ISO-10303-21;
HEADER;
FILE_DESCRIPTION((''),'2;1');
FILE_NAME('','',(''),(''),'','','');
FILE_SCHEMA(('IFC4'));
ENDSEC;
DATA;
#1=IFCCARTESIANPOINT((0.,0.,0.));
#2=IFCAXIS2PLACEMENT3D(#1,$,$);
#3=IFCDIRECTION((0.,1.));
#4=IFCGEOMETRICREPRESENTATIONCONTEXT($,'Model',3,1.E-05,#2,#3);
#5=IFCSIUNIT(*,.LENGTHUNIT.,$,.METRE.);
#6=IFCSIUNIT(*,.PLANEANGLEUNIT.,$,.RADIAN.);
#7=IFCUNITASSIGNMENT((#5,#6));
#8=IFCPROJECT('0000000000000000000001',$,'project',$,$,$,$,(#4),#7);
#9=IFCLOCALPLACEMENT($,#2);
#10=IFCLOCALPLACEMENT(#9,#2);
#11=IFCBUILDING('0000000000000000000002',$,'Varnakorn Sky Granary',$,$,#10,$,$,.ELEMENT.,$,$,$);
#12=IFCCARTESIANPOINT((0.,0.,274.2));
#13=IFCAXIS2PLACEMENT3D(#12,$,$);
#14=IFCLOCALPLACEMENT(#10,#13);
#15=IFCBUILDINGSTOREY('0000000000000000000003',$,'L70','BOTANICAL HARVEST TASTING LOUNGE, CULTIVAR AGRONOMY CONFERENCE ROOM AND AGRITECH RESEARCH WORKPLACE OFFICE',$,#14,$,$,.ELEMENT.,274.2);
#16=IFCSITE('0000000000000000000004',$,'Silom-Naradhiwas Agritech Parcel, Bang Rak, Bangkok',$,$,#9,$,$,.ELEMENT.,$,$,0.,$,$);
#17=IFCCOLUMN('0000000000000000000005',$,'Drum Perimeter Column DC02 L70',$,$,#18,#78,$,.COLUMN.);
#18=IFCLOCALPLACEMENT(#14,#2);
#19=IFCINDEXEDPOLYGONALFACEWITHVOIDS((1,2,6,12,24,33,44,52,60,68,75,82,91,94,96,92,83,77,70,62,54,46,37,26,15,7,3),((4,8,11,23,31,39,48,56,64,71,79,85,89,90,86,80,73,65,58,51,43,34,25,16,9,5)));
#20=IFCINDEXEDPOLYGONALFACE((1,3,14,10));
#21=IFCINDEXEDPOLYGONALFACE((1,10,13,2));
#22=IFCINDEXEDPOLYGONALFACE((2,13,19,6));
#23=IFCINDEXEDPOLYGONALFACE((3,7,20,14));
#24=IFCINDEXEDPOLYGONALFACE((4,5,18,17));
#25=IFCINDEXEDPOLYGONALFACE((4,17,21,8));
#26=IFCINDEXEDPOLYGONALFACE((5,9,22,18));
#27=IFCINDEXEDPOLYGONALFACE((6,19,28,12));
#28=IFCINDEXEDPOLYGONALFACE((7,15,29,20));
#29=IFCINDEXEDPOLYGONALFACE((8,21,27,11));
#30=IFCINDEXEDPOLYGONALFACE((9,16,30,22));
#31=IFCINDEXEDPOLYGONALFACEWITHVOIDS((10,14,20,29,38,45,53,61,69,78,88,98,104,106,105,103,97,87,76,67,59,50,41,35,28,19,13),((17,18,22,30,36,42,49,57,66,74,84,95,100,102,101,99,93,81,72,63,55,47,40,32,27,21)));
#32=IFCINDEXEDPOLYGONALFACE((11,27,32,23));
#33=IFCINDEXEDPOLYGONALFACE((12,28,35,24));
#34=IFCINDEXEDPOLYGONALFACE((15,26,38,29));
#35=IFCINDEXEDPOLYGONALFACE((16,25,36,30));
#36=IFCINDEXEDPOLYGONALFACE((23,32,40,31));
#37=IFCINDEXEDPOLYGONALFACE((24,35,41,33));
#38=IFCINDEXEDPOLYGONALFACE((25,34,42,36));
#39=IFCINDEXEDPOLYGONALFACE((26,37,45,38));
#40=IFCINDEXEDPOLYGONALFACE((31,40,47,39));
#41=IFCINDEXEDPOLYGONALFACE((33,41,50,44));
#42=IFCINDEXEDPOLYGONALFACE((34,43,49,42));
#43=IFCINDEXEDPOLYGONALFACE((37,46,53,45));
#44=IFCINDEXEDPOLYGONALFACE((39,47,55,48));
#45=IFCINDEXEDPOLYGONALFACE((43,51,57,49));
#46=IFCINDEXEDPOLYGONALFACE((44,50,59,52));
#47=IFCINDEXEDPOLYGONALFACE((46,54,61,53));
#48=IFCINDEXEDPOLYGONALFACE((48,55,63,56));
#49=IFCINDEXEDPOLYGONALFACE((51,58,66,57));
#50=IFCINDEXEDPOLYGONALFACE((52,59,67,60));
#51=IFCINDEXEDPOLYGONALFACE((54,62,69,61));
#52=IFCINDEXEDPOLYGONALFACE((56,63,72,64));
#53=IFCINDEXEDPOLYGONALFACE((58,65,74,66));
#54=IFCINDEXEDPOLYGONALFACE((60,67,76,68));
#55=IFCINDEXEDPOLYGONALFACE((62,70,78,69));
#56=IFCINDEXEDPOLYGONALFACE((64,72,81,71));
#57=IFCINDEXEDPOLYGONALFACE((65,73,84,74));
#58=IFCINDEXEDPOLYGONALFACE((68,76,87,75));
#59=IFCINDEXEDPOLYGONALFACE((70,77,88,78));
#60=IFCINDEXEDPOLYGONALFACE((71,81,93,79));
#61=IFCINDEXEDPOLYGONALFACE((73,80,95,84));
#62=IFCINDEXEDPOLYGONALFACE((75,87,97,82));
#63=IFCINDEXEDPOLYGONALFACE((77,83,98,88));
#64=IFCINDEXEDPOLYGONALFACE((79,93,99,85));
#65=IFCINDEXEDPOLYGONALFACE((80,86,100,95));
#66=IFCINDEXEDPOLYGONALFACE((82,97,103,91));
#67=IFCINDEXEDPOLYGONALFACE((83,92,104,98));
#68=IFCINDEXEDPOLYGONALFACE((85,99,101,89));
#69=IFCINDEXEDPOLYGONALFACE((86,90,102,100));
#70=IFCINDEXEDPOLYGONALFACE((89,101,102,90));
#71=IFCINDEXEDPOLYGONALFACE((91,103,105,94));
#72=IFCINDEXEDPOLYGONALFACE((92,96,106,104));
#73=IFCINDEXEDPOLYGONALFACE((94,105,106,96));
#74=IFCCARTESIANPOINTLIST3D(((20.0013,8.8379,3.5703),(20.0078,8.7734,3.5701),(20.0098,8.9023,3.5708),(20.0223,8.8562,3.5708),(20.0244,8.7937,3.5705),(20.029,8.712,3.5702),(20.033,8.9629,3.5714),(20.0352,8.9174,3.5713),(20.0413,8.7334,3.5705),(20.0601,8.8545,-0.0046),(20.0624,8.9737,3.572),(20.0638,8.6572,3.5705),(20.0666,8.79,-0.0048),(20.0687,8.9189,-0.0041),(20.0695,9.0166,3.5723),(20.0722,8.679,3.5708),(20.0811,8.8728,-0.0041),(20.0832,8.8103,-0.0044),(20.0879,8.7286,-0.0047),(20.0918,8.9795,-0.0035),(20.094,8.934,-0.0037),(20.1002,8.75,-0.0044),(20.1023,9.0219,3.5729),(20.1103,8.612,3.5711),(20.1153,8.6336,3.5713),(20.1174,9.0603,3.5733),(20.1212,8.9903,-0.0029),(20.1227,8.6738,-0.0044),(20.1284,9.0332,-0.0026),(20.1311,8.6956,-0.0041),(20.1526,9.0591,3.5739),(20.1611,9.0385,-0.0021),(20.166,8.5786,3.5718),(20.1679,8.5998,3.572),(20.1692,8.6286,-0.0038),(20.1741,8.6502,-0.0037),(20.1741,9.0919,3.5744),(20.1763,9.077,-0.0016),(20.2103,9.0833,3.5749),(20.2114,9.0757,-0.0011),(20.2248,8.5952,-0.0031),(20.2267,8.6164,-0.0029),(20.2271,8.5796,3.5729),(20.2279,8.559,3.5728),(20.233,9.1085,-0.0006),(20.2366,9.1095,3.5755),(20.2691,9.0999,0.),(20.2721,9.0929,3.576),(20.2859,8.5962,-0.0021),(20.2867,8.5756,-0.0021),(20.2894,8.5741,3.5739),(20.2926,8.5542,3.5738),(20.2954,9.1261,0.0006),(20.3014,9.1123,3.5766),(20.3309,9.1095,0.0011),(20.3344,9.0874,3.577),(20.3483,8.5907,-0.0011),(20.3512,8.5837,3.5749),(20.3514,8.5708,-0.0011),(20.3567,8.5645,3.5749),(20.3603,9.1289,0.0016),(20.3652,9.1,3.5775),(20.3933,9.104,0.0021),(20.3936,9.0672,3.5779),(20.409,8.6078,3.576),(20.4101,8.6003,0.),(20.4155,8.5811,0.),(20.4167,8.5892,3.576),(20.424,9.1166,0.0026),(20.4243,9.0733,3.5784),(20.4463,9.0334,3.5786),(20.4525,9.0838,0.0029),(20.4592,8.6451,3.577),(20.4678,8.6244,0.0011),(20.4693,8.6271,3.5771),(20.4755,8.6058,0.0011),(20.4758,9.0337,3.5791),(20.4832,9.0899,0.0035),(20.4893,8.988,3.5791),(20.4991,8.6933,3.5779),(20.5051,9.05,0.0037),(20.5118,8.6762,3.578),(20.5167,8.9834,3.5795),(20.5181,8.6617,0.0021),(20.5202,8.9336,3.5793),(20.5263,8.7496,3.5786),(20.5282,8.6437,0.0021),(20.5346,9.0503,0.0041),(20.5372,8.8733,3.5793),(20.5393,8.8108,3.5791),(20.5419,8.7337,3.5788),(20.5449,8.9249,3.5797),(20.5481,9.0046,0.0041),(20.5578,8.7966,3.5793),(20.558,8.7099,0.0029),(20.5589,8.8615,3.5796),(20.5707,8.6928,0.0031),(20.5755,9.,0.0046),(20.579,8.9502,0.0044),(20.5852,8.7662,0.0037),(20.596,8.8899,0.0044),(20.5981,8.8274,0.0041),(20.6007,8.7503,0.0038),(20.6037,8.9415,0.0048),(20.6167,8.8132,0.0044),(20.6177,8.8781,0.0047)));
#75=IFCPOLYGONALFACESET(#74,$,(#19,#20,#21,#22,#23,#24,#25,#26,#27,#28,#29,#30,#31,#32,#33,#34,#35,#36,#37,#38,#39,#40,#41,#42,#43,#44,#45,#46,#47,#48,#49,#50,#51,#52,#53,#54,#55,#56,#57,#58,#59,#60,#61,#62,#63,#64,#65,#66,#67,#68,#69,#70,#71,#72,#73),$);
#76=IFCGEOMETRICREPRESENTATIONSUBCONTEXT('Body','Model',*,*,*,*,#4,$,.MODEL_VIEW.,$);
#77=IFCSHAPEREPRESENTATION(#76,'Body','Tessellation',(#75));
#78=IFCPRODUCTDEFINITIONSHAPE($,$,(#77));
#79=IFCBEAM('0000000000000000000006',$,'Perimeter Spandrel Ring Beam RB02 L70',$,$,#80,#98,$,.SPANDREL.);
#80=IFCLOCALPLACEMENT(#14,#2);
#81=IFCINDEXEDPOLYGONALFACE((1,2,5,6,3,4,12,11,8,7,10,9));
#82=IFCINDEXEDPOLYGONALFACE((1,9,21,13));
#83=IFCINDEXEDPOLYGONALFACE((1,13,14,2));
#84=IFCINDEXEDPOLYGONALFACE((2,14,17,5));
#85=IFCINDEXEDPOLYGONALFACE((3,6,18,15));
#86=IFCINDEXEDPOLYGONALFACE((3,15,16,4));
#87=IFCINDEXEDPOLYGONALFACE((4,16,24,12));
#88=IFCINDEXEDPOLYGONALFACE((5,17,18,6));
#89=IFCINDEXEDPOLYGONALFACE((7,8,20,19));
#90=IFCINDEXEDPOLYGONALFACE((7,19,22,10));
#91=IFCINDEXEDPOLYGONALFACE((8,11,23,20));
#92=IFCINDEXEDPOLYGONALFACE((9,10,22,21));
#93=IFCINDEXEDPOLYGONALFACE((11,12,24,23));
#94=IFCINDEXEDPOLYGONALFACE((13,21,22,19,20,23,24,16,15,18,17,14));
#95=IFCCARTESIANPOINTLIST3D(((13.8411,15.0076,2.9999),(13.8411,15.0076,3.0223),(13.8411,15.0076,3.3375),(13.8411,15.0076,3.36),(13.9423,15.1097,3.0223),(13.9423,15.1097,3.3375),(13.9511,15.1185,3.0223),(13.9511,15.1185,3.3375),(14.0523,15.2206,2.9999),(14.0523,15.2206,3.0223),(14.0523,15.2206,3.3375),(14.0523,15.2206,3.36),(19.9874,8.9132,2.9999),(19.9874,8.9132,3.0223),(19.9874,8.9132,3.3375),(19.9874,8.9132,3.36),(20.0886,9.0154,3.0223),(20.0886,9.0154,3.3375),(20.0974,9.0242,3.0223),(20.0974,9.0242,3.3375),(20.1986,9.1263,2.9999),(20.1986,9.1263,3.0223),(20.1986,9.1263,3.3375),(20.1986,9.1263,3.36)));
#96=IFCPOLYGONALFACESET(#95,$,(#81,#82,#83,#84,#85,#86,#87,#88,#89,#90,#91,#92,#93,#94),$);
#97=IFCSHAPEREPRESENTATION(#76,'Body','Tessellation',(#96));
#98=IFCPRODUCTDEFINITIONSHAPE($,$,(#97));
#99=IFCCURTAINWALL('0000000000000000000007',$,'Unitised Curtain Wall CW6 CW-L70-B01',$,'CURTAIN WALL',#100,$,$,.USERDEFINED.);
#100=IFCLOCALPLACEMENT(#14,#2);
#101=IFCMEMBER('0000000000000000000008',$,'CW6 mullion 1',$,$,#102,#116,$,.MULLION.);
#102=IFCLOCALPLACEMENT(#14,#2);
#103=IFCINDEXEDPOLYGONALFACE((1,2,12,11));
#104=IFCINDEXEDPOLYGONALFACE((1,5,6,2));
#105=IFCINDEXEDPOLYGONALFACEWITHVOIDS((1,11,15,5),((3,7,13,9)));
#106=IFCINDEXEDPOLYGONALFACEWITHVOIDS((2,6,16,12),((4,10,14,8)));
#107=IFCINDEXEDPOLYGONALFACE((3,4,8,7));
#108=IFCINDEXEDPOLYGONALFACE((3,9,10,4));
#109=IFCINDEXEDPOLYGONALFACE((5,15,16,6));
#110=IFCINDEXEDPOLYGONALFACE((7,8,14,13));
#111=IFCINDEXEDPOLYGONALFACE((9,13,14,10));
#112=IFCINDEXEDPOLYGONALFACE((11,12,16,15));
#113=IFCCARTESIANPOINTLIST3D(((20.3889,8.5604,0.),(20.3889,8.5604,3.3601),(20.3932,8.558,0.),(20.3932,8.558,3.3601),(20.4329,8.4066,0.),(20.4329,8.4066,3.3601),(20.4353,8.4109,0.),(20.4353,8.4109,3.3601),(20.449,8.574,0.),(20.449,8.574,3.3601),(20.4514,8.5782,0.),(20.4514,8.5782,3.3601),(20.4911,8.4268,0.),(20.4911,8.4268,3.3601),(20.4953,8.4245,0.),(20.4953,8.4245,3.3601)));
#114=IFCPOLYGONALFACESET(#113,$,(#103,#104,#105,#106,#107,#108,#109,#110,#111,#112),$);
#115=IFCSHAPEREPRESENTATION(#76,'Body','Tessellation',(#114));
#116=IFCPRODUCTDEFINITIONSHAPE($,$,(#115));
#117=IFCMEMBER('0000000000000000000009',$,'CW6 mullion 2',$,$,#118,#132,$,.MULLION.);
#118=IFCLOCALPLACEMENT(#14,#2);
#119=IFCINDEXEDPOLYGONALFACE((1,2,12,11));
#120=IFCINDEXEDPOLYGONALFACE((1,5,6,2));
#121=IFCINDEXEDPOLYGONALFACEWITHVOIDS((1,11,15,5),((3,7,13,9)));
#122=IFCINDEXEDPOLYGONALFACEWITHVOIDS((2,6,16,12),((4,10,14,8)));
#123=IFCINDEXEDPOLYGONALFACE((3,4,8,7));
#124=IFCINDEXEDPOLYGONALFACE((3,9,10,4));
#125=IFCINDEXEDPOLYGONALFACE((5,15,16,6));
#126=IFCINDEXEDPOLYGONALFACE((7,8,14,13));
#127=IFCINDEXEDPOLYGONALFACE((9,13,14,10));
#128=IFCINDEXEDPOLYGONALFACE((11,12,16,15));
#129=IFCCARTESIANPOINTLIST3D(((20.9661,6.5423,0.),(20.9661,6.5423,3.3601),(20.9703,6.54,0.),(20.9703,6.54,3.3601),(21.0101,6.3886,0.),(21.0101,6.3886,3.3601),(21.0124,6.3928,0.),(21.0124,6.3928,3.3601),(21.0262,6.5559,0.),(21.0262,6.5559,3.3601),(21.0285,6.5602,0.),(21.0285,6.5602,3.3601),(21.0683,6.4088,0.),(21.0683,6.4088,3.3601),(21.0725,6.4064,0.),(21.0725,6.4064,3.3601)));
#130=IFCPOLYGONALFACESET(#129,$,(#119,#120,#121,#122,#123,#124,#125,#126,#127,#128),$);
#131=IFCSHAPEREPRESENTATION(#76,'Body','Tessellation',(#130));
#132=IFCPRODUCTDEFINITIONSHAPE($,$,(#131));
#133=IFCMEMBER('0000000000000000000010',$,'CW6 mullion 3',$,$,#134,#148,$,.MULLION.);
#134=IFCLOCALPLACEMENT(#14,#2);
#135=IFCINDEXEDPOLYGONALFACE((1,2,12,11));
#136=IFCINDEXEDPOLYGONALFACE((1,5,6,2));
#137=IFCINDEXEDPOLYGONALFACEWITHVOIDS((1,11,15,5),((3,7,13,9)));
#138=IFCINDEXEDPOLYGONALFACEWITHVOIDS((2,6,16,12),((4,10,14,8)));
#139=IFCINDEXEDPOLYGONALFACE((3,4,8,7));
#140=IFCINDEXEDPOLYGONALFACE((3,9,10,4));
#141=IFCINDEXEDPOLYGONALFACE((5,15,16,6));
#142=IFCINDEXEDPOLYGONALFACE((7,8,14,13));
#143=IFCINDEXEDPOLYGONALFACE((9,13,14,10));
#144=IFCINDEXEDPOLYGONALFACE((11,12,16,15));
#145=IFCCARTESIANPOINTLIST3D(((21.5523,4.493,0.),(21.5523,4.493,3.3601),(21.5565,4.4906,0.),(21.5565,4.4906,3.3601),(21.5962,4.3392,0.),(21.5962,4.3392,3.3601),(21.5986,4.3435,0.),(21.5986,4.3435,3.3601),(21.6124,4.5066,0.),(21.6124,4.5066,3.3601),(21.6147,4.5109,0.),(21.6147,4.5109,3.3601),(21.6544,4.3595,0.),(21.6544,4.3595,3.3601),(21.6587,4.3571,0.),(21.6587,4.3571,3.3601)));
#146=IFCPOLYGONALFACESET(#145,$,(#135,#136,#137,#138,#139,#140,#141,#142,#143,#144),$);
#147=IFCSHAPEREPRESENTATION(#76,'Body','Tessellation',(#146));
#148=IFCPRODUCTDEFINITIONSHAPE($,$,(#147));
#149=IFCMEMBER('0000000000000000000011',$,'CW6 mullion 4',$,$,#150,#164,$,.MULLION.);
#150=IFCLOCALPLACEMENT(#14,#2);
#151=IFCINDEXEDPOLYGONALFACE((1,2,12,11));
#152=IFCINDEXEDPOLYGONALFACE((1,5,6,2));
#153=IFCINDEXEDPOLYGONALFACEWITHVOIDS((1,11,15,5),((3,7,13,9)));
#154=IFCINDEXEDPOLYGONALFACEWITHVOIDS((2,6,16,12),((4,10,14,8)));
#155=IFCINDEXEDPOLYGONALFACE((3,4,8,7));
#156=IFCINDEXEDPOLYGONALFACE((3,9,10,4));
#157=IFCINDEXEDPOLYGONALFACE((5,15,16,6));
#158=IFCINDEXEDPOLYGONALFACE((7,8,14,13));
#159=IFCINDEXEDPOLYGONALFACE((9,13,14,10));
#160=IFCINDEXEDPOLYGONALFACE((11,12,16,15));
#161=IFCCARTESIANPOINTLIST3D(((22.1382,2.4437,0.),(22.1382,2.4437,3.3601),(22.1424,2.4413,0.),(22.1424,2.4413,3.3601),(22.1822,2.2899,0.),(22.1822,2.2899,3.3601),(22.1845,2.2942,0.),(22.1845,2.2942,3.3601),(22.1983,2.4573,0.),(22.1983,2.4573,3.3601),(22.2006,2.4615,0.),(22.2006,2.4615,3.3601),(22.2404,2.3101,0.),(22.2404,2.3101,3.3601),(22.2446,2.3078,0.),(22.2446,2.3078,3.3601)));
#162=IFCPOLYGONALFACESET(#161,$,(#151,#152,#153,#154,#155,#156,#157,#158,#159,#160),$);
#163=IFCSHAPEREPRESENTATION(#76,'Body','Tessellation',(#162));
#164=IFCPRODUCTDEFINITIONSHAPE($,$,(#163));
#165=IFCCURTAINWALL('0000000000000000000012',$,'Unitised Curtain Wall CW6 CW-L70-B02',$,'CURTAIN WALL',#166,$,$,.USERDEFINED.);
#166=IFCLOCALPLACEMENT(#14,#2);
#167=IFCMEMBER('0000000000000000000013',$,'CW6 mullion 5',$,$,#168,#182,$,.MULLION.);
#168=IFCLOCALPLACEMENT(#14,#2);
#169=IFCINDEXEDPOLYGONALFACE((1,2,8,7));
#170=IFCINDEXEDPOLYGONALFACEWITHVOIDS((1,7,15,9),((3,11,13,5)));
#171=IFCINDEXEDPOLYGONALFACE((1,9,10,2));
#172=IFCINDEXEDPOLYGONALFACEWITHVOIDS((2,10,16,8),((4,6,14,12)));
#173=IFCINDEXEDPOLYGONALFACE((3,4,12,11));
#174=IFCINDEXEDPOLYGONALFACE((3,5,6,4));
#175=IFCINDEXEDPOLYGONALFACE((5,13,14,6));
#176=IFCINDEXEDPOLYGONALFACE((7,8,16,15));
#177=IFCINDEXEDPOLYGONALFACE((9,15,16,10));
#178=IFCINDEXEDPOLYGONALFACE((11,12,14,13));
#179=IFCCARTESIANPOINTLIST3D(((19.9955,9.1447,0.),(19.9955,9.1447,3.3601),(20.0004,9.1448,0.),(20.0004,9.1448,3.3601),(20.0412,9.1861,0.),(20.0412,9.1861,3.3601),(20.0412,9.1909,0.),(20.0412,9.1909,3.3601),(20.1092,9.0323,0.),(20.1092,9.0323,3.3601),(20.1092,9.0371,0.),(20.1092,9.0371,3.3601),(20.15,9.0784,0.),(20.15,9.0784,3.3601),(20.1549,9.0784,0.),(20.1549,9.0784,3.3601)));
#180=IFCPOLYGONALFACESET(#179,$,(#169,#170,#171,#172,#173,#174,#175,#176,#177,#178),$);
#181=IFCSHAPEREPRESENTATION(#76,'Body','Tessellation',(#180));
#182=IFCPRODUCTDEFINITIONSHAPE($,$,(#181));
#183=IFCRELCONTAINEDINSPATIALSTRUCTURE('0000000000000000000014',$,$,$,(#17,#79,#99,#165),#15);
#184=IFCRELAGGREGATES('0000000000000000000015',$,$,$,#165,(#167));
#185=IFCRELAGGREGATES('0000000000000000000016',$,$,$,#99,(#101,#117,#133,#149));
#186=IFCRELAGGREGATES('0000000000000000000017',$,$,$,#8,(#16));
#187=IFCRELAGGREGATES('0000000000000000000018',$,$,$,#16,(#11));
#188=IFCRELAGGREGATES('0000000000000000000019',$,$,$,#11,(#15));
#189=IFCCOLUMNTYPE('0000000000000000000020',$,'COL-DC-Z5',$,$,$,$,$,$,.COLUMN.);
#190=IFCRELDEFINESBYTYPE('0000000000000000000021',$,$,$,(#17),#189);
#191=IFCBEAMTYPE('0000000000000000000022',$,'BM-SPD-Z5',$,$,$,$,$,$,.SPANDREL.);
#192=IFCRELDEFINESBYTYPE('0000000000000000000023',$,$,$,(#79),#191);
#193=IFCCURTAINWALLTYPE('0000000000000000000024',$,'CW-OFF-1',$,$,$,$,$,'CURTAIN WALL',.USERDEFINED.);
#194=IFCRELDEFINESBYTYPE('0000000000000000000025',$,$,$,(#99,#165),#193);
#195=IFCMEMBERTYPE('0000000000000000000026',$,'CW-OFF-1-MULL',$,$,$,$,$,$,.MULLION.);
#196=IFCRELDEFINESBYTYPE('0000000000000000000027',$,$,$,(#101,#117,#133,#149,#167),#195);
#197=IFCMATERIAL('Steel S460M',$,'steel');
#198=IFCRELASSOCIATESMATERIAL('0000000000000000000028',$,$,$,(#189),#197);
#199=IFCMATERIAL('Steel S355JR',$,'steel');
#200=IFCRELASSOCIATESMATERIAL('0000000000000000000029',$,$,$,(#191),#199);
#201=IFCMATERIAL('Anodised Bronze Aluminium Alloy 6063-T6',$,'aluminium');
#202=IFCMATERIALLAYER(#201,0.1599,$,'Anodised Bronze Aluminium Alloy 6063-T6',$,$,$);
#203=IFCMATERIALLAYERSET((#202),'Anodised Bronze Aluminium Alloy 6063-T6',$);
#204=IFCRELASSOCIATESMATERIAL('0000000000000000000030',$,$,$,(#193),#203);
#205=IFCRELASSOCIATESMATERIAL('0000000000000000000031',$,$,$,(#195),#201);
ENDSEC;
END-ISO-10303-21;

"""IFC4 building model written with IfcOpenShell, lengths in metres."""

from ifc_helpers import new_model, si_unit, direction, frame, origin, origin_2d, place, context, subcontext, project, spatial, hollow_rectangle, hollow_circle, i_section, extrude, material, layer, layer_set, material_profile, profile_set, type_object, element, aggregate, save


model = new_model("IFC4")

# Units and contexts
model_context = context("Model", 3, precision=1e-05, world=origin(), true_north=direction((0.0, 1.0)))
body_context = subcontext(model_context, "Body", "Model", "MODEL_VIEW")
ifc_project = project(units=[si_unit("LENGTHUNIT", "METRE"), si_unit("PLANEANGLEUNIT", "RADIAN")], contexts=[model_context])

# Site, building, storey
site_placement = place(None, origin())
site = spatial("IfcSite", under=ifc_project, at=site_placement, Name="Silom-Naradhiwas Agritech Parcel, Bang Rak, Bangkok", CompositionType="ELEMENT", RefElevation=0.0)
building_placement = place(site_placement, origin())
building = spatial("IfcBuilding", under=site, at=building_placement, Name="Varnakorn Sky Granary", CompositionType="ELEMENT")
storey_placement = place(building_placement, frame((0.0, 0.0, 274.2)))
storey = spatial("IfcBuildingStorey", under=building, at=storey_placement, Name="L70", Description="BOTANICAL HARVEST TASTING LOUNGE, CULTIVAR AGRONOMY CONFERENCE ROOM AND AGRITECH RESEARCH WORKPLACE OFFICE", CompositionType="ELEMENT", Elevation=274.2)

# Column
ifc_material_1 = material(Name="Steel S460M", Category="steel")
ifc_material_profile_1 = material_profile(ifc_material_1, hollow_circle(Radius=0.2795, WallThickness=0.02, at=origin_2d()), Name="CHS 559x20")
ifc_profile_set_1 = profile_set([ifc_material_profile_1], Name="Steel S460M")
column_type = type_object("IfcColumnType", Name="COL-DC-Z5", PredefinedType="COLUMN", material=ifc_profile_set_1)
column_placement = place(storey_placement, frame((20.3396, 8.8501, 0.0), z_axis=(-0.016456, -0.004643, 0.999854), x_axis=(0.271555, -0.962423, 0.0)))
element("IfcColumn", 1, at=column_placement, inside=storey, type_object=column_type, Name="Drum Perimeter Column DC02 L70", PredefinedType="COLUMN", context=body_context, shape_type="SweptSolid", body=[
    extrude(hollow_circle(Radius=0.2795, WallThickness=0.02, at=origin_2d()), origin(), (0.0, 0.0, 1.0), 3.5754),
])

# Beam
ifc_material_2 = material(Name="Steel S355JR", Category="steel")
ifc_material_profile_2 = material_profile(ifc_material_2, i_section(OverallWidth=0.3, OverallDepth=0.3601, WebThickness=0.0125, FlangeThickness=0.0225, at=origin_2d()), Name="HE 360 B")
ifc_profile_set_2 = profile_set([ifc_material_profile_2], Name="Steel S355JR")
beam_type = type_object("IfcBeamType", Name="BM-SPD-Z5", PredefinedType="SPANDREL", material=ifc_profile_set_2)
beam_placement = place(storey_placement, frame((20.093, 9.0198, 3.1799), z_axis=(-0.710104, 0.704096, 0.0), x_axis=(-0.704096, -0.710104, 0.0)))
element("IfcBeam", 2, at=beam_placement, inside=storey, type_object=beam_type, Name="Perimeter Spandrel Ring Beam RB02 L70", PredefinedType="SPANDREL", context=body_context, shape_type="SweptSolid", body=[
    extrude(i_section(OverallWidth=0.3, OverallDepth=0.3601, WebThickness=0.0125, FlangeThickness=0.0225, at=origin_2d()), origin(), (0.0, 0.0, 1.0), 8.6555),
])

# Curtain wall, members
ifc_material_3 = material(Name="Anodised Bronze Aluminium Alloy 6063-T6", Category="aluminium")
ifc_layer_1 = layer(ifc_material_3, 0.1599, Name="Anodised Bronze Aluminium Alloy 6063-T6")
ifc_layer_set_1 = layer_set([ifc_layer_1], Name="Anodised Bronze Aluminium Alloy 6063-T6")
curtain_wall_type = type_object("IfcCurtainWallType", Name="CW-OFF-1", ElementType="CURTAIN WALL", PredefinedType="USERDEFINED", material=ifc_layer_set_1)
curtain_wall_1_placement = place(storey_placement, origin())
curtain_wall_1 = element("IfcCurtainWall", 3, at=curtain_wall_1_placement, inside=storey, type_object=curtain_wall_type, Name="Unitised Curtain Wall CW6 CW-L70-B01", ObjectType="CURTAIN WALL", PredefinedType="USERDEFINED")
ifc_material_profile_3 = material_profile(ifc_material_3, hollow_rectangle(XDim=0.0649, YDim=0.1599, WallThickness=0.0034, at=origin_2d()), Name="ALU MULL 65x160")
ifc_profile_set_3 = profile_set([ifc_material_profile_3], Name="Anodised Bronze Aluminium Alloy 6063-T6")
member_type_1 = type_object("IfcMemberType", Name="CW-OFF-1-MULL", PredefinedType="MULLION", material=ifc_profile_set_3)
member_1_placement = place(storey_placement, frame((20.4421, 8.4924, 0.0), z_axis=(0.0, 0.0, 1.0), x_axis=(0.961448, 0.274986, 0.0)))
member_1 = element("IfcMember", 4, at=member_1_placement, type_object=member_type_1, Name="CW6 mullion 1", PredefinedType="MULLION", context=body_context, shape_type="SweptSolid", body=[
    extrude(hollow_rectangle(XDim=0.0649, YDim=0.1599, WallThickness=0.0034, at=origin_2d()), origin(), (0.0, 0.0, 1.0), 3.3601),
])
member_2_placement = place(storey_placement, frame((21.0193, 6.4744, 0.0), z_axis=(0.0, 0.0, 1.0), x_axis=(0.961448, 0.274986, 0.0)))
member_2 = element("IfcMember", 5, at=member_2_placement, type_object=member_type_1, Name="CW6 mullion 2", PredefinedType="MULLION", context=body_context, shape_type="SweptSolid", body=[
    extrude(hollow_rectangle(XDim=0.0649, YDim=0.1599, WallThickness=0.0034, at=origin_2d()), origin(), (0.0, 0.0, 1.0), 3.3601),
])
member_3_placement = place(storey_placement, frame((21.6055, 4.425, 0.0), z_axis=(0.0, 0.0, 1.0), x_axis=(0.961448, 0.274986, 0.0)))
member_3 = element("IfcMember", 6, at=member_3_placement, type_object=member_type_1, Name="CW6 mullion 3", PredefinedType="MULLION", context=body_context, shape_type="SweptSolid", body=[
    extrude(hollow_rectangle(XDim=0.0649, YDim=0.1599, WallThickness=0.0034, at=origin_2d()), origin(), (0.0, 0.0, 1.0), 3.3601),
])
member_4_placement = place(storey_placement, frame((22.1914, 2.3757, 0.0), z_axis=(0.0, 0.0, 1.0), x_axis=(0.961448, 0.274986, 0.0)))
member_4 = element("IfcMember", 7, at=member_4_placement, type_object=member_type_1, Name="CW6 mullion 4", PredefinedType="MULLION", context=body_context, shape_type="SweptSolid", body=[
    extrude(hollow_rectangle(XDim=0.0649, YDim=0.1599, WallThickness=0.0034, at=origin_2d()), origin(), (0.0, 0.0, 1.0), 3.3601),
])

# Curtain wall, member
curtain_wall_2_placement = place(storey_placement, origin())
curtain_wall_2 = element("IfcCurtainWall", 8, at=curtain_wall_2_placement, inside=storey, type_object=curtain_wall_type, Name="Unitised Curtain Wall CW6 CW-L70-B02", ObjectType="CURTAIN WALL", PredefinedType="USERDEFINED")
member_5_placement = place(storey_placement, frame((20.0752, 9.1116, 0.0), z_axis=(0.0, 0.0, 1.0), x_axis=(0.703399, 0.710795, 0.0)))
member_5 = element("IfcMember", 9, at=member_5_placement, type_object=member_type_1, Name="CW6 mullion 5", PredefinedType="MULLION", context=body_context, shape_type="SweptSolid", body=[
    extrude(hollow_rectangle(XDim=0.0649, YDim=0.1599, WallThickness=0.0034, at=origin_2d()), origin(), (0.0, 0.0, 1.0), 3.3601),
])
aggregate(curtain_wall_2, [member_5])

aggregate(curtain_wall_1, [member_1, member_2, member_3, member_4])

save(model, "model.ifc")
